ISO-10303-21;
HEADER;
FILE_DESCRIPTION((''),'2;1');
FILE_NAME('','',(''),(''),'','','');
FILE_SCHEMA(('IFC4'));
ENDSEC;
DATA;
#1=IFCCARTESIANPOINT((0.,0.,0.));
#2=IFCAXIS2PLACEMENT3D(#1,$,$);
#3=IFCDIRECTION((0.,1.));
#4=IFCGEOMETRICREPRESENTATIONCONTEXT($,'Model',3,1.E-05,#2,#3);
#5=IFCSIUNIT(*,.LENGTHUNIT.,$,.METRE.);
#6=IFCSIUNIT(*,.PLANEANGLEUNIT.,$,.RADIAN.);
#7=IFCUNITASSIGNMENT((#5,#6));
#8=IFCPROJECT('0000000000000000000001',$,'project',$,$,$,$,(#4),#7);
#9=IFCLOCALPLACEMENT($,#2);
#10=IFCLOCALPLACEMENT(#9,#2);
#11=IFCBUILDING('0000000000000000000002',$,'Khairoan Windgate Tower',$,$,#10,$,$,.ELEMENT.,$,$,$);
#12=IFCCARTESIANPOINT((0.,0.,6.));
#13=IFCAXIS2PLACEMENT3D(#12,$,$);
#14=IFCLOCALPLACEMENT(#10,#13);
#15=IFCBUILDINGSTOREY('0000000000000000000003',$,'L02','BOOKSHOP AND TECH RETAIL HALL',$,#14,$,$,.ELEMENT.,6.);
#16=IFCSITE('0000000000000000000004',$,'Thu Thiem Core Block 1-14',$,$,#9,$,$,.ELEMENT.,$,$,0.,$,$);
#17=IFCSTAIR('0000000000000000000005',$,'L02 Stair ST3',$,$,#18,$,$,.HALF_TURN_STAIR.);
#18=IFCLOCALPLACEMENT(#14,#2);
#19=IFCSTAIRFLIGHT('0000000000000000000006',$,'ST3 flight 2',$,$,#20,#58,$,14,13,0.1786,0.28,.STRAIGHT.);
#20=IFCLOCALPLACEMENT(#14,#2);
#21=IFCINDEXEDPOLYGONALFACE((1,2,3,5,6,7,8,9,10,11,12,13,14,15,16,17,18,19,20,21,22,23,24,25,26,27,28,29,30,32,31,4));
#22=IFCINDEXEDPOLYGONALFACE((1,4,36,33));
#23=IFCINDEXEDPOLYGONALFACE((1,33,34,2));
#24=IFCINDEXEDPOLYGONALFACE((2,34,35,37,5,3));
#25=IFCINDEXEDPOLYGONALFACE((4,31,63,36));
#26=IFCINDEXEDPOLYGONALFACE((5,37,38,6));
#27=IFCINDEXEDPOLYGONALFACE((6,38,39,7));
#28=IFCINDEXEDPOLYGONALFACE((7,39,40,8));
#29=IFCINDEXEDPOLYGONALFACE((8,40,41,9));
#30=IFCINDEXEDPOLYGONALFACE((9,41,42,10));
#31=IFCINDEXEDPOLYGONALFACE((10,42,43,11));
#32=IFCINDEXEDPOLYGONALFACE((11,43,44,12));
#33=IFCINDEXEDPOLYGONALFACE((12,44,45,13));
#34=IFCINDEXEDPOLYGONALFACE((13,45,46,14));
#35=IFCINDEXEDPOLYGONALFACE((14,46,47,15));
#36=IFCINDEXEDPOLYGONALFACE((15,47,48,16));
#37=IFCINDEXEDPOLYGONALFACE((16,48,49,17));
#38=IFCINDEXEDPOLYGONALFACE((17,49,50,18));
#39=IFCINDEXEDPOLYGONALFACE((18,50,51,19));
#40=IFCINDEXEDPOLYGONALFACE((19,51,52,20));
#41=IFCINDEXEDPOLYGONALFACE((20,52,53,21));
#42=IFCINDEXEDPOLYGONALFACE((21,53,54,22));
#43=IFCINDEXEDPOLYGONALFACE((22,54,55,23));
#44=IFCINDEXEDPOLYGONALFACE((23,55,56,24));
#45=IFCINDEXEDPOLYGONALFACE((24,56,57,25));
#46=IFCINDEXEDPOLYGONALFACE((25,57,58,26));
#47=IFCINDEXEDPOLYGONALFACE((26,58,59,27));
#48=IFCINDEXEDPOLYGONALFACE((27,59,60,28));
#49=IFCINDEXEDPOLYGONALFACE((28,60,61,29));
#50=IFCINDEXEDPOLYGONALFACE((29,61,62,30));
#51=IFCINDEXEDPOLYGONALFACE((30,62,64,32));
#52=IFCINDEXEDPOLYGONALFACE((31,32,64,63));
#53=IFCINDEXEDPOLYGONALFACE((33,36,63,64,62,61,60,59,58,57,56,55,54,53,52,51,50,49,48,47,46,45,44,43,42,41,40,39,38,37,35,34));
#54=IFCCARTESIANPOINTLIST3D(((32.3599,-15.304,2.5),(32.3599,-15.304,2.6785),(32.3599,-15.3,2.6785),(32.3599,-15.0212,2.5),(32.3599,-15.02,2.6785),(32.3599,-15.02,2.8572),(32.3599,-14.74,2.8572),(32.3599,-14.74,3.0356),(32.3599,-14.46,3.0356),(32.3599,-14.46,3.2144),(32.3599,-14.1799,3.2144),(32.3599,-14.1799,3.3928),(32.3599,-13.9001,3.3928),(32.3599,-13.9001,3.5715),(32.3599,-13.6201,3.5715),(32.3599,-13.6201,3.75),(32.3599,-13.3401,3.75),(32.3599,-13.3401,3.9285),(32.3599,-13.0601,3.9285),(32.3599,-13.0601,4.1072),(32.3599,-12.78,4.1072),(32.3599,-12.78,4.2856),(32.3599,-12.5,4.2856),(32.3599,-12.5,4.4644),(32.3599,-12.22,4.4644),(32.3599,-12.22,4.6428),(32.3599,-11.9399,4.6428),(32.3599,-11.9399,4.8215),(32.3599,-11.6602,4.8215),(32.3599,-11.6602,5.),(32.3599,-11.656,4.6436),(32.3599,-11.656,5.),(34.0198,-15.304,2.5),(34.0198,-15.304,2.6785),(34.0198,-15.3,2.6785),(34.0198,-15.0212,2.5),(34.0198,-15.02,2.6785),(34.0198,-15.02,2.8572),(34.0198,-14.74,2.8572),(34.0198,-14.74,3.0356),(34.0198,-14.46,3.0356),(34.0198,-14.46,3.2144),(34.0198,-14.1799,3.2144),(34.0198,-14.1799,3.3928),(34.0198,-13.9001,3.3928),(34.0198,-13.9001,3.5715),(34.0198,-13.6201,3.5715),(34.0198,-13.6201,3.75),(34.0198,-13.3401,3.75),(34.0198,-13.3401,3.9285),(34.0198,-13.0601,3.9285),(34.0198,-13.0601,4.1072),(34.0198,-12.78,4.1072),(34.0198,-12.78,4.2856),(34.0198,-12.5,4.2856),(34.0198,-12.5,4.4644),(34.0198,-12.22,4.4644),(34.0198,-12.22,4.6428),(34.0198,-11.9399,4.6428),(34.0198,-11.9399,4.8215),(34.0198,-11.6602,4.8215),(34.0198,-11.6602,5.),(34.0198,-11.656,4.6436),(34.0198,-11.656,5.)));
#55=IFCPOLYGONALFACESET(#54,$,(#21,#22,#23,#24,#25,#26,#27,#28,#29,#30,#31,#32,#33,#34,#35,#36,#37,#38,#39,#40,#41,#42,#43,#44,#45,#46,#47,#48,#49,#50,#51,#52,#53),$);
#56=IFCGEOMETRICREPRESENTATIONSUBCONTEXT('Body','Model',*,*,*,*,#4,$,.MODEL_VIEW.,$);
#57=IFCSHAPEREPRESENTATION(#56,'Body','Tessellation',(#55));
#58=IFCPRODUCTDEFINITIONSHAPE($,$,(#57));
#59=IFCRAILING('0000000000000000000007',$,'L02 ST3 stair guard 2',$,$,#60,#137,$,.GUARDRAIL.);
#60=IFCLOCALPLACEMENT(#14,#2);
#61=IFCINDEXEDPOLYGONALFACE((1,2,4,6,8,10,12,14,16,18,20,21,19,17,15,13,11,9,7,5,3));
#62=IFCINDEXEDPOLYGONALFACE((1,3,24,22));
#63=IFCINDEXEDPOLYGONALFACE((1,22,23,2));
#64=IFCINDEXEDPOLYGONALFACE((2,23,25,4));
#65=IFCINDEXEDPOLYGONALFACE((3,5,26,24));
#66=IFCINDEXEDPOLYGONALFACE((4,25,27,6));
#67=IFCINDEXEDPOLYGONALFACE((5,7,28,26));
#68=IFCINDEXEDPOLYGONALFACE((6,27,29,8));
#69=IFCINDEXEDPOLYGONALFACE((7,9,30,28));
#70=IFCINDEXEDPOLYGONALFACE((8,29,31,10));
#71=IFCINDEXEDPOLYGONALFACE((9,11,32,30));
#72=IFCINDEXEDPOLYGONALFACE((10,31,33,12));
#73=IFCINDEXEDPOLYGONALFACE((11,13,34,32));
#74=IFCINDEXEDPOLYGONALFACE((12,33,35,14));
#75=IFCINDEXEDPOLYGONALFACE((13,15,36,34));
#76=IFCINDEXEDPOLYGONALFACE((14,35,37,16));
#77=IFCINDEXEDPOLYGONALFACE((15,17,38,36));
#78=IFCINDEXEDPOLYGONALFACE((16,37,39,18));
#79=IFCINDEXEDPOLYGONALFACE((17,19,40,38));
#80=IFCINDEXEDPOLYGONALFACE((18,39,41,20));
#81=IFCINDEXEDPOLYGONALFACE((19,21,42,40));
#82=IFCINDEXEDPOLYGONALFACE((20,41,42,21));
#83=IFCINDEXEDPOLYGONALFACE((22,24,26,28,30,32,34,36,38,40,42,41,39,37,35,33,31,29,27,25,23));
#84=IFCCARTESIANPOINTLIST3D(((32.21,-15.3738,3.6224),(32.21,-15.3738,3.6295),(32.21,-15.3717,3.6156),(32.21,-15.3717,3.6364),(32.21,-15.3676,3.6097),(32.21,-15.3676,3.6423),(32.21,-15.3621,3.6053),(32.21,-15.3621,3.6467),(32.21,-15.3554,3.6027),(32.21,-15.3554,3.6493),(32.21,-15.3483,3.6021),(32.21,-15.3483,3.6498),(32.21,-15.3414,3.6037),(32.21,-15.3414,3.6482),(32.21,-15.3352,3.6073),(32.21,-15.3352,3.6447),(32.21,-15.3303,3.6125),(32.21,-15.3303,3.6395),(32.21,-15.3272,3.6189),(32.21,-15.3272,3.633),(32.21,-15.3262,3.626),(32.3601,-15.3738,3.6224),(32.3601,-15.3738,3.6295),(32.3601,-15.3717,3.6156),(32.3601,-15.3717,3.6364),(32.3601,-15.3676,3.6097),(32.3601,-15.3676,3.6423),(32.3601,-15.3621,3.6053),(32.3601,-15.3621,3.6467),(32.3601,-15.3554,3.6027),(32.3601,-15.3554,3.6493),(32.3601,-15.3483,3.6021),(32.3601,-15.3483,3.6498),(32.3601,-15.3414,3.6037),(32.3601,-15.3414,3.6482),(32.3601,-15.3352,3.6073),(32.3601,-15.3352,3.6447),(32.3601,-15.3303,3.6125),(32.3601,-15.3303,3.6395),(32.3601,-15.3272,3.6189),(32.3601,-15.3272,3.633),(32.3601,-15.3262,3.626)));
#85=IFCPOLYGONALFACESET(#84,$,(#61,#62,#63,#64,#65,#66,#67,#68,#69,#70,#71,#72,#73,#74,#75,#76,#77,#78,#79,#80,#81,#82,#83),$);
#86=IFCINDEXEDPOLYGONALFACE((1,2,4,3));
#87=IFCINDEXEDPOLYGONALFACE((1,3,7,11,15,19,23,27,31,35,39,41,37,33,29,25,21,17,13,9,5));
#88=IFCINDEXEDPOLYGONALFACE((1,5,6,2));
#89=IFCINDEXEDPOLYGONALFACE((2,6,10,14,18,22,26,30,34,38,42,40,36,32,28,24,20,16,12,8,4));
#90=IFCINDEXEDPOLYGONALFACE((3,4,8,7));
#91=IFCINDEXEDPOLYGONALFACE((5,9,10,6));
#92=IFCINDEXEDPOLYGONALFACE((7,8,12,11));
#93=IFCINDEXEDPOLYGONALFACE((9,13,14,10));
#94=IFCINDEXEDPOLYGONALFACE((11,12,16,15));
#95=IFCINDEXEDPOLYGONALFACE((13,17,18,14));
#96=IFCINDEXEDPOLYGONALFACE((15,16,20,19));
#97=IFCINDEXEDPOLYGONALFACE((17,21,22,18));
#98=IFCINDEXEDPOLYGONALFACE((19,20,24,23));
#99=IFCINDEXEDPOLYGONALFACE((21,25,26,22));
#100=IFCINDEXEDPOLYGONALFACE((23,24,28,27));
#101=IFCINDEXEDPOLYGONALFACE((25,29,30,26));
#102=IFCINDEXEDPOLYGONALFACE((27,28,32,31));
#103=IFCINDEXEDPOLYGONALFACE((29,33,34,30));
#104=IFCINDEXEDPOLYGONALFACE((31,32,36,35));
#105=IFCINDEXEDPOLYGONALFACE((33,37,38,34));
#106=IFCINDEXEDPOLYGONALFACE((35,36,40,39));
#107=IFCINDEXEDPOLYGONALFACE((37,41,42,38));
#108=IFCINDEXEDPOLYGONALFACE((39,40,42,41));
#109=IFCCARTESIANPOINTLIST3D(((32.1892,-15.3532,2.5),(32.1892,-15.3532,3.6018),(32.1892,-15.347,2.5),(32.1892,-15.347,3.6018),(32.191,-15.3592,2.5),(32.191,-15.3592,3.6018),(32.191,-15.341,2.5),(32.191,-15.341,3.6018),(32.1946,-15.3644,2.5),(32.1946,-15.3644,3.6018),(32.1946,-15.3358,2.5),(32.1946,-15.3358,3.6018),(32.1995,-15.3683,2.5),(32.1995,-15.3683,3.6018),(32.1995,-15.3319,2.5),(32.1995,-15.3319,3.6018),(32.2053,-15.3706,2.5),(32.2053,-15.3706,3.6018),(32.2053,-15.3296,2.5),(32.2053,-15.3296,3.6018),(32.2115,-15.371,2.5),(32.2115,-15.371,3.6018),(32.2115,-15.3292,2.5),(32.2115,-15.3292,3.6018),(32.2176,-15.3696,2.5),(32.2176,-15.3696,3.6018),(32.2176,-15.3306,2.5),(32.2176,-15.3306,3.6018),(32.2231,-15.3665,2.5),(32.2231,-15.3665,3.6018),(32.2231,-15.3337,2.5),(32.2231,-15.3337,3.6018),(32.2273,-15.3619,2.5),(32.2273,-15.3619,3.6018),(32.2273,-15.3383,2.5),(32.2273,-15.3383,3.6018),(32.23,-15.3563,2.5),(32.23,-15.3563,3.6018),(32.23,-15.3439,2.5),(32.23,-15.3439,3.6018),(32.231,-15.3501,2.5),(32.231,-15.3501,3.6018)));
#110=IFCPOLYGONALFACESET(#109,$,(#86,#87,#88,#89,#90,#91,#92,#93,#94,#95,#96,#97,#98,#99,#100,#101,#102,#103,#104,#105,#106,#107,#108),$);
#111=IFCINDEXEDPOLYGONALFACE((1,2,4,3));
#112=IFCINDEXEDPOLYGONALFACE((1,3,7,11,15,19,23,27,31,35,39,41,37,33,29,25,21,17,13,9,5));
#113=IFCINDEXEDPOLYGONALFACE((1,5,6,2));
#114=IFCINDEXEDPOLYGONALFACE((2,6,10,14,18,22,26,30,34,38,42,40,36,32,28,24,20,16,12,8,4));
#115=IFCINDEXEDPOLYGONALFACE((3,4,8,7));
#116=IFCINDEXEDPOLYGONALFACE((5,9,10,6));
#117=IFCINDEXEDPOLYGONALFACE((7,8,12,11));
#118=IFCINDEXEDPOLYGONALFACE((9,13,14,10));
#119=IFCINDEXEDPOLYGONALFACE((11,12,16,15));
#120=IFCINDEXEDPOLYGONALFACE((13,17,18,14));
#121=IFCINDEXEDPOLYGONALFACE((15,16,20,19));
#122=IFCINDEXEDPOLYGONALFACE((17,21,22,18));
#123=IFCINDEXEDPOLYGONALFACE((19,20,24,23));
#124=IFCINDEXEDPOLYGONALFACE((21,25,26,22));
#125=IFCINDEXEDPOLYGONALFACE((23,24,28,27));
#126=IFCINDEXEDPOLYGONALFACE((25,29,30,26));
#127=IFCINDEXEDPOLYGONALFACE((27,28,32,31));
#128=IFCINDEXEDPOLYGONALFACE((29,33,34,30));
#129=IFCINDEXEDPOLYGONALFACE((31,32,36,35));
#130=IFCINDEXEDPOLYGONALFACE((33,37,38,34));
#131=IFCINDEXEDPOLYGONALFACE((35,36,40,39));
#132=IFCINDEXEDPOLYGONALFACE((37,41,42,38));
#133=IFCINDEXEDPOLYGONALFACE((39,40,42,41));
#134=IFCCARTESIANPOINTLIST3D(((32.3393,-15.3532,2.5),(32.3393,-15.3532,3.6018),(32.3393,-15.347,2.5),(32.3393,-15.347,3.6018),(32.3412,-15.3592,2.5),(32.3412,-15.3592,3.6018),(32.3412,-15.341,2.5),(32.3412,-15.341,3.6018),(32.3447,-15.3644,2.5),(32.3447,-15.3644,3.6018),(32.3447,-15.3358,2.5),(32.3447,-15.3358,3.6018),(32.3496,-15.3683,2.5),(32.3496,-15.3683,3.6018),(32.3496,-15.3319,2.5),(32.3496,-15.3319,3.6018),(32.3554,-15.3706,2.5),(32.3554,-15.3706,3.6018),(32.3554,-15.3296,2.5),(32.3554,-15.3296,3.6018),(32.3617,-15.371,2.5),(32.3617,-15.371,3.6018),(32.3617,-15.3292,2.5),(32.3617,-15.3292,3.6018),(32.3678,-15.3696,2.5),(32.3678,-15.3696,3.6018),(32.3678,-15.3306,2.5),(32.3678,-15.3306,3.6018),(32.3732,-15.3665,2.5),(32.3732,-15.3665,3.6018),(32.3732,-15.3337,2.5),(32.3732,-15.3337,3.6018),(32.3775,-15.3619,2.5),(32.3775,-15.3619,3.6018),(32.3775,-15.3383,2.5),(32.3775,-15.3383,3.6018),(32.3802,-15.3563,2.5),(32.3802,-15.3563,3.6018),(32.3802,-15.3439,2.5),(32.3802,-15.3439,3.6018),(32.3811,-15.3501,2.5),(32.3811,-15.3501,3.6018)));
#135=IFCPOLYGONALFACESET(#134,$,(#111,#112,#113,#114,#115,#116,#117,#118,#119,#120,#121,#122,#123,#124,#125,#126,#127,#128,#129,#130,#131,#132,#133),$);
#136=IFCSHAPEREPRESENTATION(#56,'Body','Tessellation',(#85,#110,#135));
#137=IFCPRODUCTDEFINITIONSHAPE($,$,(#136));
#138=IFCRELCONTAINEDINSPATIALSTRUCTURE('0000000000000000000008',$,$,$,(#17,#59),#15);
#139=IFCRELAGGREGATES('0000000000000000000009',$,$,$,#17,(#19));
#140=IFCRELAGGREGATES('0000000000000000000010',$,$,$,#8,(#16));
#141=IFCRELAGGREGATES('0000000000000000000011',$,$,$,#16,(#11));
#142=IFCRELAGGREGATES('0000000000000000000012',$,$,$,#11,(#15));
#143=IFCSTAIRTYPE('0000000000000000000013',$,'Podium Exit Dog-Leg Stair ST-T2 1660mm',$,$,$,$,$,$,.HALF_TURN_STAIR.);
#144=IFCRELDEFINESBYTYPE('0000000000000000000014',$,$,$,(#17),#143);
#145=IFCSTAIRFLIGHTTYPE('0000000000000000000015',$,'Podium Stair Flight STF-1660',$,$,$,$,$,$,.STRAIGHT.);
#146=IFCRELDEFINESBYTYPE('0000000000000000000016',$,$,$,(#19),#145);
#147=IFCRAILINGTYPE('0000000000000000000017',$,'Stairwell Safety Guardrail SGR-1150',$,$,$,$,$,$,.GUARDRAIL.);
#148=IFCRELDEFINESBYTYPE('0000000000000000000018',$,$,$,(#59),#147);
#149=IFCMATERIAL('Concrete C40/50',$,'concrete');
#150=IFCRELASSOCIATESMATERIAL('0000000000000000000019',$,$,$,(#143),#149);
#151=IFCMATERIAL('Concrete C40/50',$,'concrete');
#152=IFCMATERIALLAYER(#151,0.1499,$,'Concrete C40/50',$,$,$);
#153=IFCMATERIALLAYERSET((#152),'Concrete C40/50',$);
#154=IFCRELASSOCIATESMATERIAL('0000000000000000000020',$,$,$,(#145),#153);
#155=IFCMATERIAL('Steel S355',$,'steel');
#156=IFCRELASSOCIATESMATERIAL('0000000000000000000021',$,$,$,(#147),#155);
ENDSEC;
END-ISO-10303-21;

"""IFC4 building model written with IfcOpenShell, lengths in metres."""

from ifc_helpers import new_model, si_unit, direction, frame, origin, origin_2d, place, context, subcontext, project, spatial, polyline, circle, outline, extrude, material, layer, layer_set, type_object, element, aggregate, save


model = new_model("IFC4")

# Units and contexts
model_context = context("Model", 3, precision=1e-05, world=origin(), true_north=direction((0.0, 1.0)))
body_context = subcontext(model_context, "Body", "Model", "MODEL_VIEW")
ifc_project = project(units=[si_unit("LENGTHUNIT", "METRE"), si_unit("PLANEANGLEUNIT", "RADIAN")], contexts=[model_context])

# Site, building, storey
site_placement = place(None, origin())
site = spatial("IfcSite", under=ifc_project, at=site_placement, Name="Thu Thiem Core Block 1-14", CompositionType="ELEMENT", RefElevation=0.0)
building_placement = place(site_placement, origin())
building = spatial("IfcBuilding", under=site, at=building_placement, Name="Khairoan Windgate Tower", CompositionType="ELEMENT")
storey_placement = place(building_placement, frame((0.0, 0.0, 6.0)))
storey = spatial("IfcBuildingStorey", under=building, at=storey_placement, Name="L02", Description="BOOKSHOP AND TECH RETAIL HALL", CompositionType="ELEMENT", Elevation=6.0)

# Stair, stair flight
ifc_material_1 = material(Name="Concrete C40/50", Category="concrete")
stair_type = type_object("IfcStairType", Name="Podium Exit Dog-Leg Stair ST-T2 1660mm", PredefinedType="HALF_TURN_STAIR", material=ifc_material_1)
stair_placement = place(storey_placement, origin())
stair = element("IfcStair", 1, at=stair_placement, inside=storey, type_object=stair_type, Name="L02 Stair ST3", PredefinedType="HALF_TURN_STAIR")
ifc_material_2 = material(Name="Concrete C40/50", Category="concrete")
ifc_layer_1 = layer(ifc_material_2, 0.1499, Name="Concrete C40/50")
ifc_layer_set_1 = layer_set([ifc_layer_1], Name="Concrete C40/50")
stair_flight_type = type_object("IfcStairFlightType", Name="Podium Stair Flight STF-1660", PredefinedType="STRAIGHT", material=ifc_layer_set_1)
stair_flight_placement = place(storey_placement, frame((33.1899, -15.3, 2.5), z_axis=(0.0, 0.0, 1.0), x_axis=(0.0, 1.0, 0.0)))
stair_flight = element("IfcStairFlight", 2, at=stair_flight_placement, type_object=stair_flight_type, Name="ST3 flight 2", NumberOfRisers=14, NumberOfTreads=13, PredefinedType="STRAIGHT", RiserHeight=0.1786, TreadLength=0.28, context=body_context, shape_type="SweptSolid", body=[
    extrude(outline(polyline([(-0.0039, 0.0), (-0.0039, 0.1785), (0.0, 0.1785), (0.28, 0.1785), (0.28, 0.3572), (0.5601, 0.3572), (0.5601, 0.5356), (0.8401, 0.5356), (0.8401, 0.7144), (1.1201, 0.7144), (1.1201, 0.8928), (1.3999, 0.8928), (1.3999, 1.0715), (1.6799, 1.0715), (1.6799, 1.25), (1.96, 1.25), (1.96, 1.4285), (2.24, 1.4285), (2.24, 1.6072), (2.52, 1.6072), (2.52, 1.7856), (2.8, 1.7856), (2.8, 1.9644), (3.0801, 1.9644), (3.0801, 2.1428), (3.3601, 2.1428), (3.3601, 2.3215), (3.6399, 2.3215), (3.6399, 2.5), (3.644, 2.5), (3.644, 2.1436), (0.2788, 0.0), (-0.0039, 0.0)])), frame((0.0, 0.8301, 0.0), z_axis=(0.0, -1.0, 0.0), x_axis=(1.0, 0.0, 0.0)), (0.0, 0.0, 1.0), 1.6599),
])
aggregate(stair, [stair_flight])

# Railing
ifc_material_3 = material(Name="Steel S355", Category="steel")
railing_type_1 = type_object("IfcRailingType", Name="Stairwell Safety Guardrail SGR-1150", PredefinedType="GUARDRAIL", material=ifc_material_3)
railing_1_placement = place(storey_placement, frame((32.21, -15.3501, 2.5)))
element("IfcRailing", 3, at=railing_1_placement, inside=storey, type_object=railing_type_1, Name="L02 ST3 stair guard 2", PredefinedType="GUARDRAIL", context=body_context, shape_type="SweptSolid", body=[
    extrude(circle(Radius=0.0239, at=origin_2d()), frame((0.0, 0.0, 1.126), z_axis=(1.0, 0.0, 0.0), x_axis=(0.0, 1.0, 0.0)), (0.0, 0.0, 1.0), 0.1501),
    extrude(circle(Radius=0.021, at=origin_2d()), origin(), (0.0, 0.0, 1.0), 1.1018),
    extrude(circle(Radius=0.021, at=origin_2d()), frame((0.1501, 0.0, 0.0)), (0.0, 0.0, 1.0), 1.1018),
])

save(model, "model.ifc")
